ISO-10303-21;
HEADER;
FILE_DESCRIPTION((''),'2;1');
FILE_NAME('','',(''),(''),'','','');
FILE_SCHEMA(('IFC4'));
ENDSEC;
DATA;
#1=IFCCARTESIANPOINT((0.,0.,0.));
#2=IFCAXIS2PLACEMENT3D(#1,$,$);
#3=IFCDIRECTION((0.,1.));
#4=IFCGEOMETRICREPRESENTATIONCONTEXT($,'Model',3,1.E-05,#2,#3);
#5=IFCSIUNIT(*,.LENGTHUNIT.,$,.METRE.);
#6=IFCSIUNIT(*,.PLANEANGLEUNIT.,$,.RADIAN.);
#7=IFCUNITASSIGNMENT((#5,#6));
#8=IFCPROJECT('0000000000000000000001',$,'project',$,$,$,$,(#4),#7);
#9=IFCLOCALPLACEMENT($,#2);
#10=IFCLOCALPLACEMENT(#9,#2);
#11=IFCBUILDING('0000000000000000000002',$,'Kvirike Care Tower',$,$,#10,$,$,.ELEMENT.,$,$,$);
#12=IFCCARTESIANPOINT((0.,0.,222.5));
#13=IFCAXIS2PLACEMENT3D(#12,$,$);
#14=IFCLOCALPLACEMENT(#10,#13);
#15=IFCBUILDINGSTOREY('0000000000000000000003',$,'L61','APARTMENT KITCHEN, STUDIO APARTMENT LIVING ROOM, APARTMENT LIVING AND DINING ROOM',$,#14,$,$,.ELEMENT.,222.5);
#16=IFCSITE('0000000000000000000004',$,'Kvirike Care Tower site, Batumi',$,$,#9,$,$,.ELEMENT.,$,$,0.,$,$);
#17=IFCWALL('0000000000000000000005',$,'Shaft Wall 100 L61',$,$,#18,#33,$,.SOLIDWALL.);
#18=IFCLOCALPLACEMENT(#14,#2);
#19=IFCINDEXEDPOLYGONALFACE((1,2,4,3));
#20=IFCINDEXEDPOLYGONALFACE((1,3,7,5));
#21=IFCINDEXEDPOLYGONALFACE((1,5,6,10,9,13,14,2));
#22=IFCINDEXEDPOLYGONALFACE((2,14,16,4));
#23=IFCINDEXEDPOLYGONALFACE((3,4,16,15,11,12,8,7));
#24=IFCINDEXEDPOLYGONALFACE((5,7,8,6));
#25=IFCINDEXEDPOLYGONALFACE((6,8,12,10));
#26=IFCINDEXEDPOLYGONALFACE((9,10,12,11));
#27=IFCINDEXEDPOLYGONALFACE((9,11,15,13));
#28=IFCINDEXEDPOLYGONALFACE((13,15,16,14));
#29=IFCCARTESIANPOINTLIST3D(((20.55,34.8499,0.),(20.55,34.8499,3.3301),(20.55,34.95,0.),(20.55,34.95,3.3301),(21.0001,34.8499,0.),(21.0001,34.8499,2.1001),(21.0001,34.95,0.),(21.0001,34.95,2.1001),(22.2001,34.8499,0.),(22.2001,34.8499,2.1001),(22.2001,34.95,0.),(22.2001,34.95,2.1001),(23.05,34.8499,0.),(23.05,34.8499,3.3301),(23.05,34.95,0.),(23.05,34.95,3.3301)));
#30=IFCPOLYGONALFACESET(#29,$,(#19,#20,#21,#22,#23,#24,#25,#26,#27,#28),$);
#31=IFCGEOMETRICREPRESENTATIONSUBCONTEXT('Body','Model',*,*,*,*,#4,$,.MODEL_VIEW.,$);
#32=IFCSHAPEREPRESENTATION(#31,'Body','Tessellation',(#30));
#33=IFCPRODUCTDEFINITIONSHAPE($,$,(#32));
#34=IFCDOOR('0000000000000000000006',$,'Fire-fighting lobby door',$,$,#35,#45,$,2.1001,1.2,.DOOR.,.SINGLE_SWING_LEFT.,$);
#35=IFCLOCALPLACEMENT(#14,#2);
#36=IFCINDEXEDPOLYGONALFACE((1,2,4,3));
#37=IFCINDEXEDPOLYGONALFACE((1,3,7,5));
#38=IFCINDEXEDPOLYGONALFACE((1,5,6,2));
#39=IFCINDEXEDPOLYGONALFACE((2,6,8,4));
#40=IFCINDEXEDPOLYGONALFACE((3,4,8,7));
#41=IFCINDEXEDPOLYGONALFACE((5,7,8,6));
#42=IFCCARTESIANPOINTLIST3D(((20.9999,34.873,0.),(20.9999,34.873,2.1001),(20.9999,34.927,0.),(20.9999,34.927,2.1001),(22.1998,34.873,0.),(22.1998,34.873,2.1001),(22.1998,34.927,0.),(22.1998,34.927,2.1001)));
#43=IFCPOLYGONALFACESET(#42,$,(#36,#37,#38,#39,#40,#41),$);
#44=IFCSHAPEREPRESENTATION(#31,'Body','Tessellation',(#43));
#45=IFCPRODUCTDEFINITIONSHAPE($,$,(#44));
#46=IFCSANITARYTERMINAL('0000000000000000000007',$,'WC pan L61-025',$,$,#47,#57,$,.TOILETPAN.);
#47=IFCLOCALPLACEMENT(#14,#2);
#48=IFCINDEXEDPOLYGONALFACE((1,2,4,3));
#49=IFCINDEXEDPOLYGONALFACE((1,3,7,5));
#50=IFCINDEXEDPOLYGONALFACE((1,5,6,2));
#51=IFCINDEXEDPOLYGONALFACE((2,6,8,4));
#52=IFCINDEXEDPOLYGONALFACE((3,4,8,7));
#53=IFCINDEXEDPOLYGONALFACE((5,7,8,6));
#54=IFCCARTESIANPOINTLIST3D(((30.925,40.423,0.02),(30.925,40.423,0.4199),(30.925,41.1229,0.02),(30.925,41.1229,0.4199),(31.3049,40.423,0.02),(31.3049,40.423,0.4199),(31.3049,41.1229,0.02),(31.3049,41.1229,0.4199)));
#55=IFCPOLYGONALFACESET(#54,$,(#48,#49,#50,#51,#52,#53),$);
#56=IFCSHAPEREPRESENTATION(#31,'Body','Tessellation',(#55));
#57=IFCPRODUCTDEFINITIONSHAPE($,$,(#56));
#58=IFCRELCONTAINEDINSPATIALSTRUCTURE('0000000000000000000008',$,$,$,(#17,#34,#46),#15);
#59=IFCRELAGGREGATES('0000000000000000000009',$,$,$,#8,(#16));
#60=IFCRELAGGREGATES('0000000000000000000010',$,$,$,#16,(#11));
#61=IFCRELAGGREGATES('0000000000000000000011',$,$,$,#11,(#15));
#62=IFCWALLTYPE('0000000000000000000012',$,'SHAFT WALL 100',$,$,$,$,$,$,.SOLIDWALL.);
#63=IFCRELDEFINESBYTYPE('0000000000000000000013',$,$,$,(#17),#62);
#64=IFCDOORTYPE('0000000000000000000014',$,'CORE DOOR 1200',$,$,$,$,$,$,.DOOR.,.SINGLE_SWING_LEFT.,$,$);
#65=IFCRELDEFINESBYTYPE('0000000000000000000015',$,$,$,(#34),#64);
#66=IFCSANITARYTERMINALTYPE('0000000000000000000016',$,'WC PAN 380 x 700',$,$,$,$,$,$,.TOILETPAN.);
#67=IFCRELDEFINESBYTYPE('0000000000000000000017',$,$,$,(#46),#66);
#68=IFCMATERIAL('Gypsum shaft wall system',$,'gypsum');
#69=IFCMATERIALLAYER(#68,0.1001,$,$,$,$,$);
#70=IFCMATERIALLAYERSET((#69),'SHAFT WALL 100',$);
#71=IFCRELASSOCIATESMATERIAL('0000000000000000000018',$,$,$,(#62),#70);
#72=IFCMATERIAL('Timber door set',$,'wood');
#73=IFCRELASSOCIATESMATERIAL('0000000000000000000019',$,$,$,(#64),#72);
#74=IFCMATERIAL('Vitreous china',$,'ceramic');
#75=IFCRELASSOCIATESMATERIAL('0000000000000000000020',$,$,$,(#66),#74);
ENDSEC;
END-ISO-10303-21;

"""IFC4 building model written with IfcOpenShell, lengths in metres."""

from ifc_helpers import new_model, si_unit, direction, frame, frame_2d, origin, origin_2d, place, context, subcontext, project, spatial, rectangle, extrude, material, layer, layer_set, type_object, element, fill, save


model = new_model("IFC4")

# Units and contexts
model_context = context("Model", 3, precision=1e-05, world=origin(), true_north=direction((0.0, 1.0)))
body_context = subcontext(model_context, "Body", "Model", "MODEL_VIEW")
ifc_project = project(units=[si_unit("LENGTHUNIT", "METRE"), si_unit("PLANEANGLEUNIT", "RADIAN")], contexts=[model_context])

# Site, building, storey
site_placement = place(None, origin())
site = spatial("IfcSite", under=ifc_project, at=site_placement, Name="Kvirike Care Tower site, Batumi", CompositionType="ELEMENT", RefElevation=0.0)
building_placement = place(site_placement, origin())
building = spatial("IfcBuilding", under=site, at=building_placement, Name="Kvirike Care Tower", CompositionType="ELEMENT")
storey_placement = place(building_placement, frame((0.0, 0.0, 222.5)))
storey = spatial("IfcBuildingStorey", under=building, at=storey_placement, Name="L61", Description="APARTMENT KITCHEN, STUDIO APARTMENT LIVING ROOM, APARTMENT LIVING AND DINING ROOM", CompositionType="ELEMENT", Elevation=222.5)

# Shared definitions
ifc_material_1 = material(Name="Gypsum shaft wall system", Category="gypsum")
ifc_layer_1 = layer(ifc_material_1, 0.1001)
ifc_layer_set_1 = layer_set([ifc_layer_1], Name="SHAFT WALL 100")
wall_type_1 = type_object("IfcWallType", Name="SHAFT WALL 100", PredefinedType="SOLIDWALL", material=ifc_layer_set_1)

# Wall, opening, door
wall_1_placement = place(storey_placement, frame((20.55, 34.8999, 0.0), z_axis=(0.0, 0.0, 1.0), x_axis=(1.0, 0.0, 0.0)))
wall_1 = element("IfcWall", 1, at=wall_1_placement, inside=storey, type_object=wall_type_1, Name="Shaft Wall 100 L61", PredefinedType="SOLIDWALL", context=body_context, shape_type="SweptSolid", body=[
    extrude(rectangle(XDim=2.5, YDim=0.1001, at=frame_2d((1.25, 0.0))), origin(), (0.0, 0.0, 1.0), 3.3301),
])
opening_1_placement = place(wall_1_placement, frame((0.45, 0.0, 0.0)))
opening_1 = element("IfcOpeningElement", 2, at=opening_1_placement, cuts=wall_1, PredefinedType="OPENING", context=body_context, shape_type="SweptSolid", body=[
    extrude(rectangle(XDim=1.2, YDim=2.1001, at=frame_2d((0.6001, 1.05))), frame((0.0, 0.0605, 0.0), z_axis=(0.0, -1.0, 0.0), x_axis=(1.0, 0.0, 0.0)), (0.0, 0.0, 1.0), 0.1211),
])
ifc_material_2 = material(Name="Timber door set", Category="wood")
door_type_1 = type_object("IfcDoorType", Name="CORE DOOR 1200", OperationType="SINGLE_SWING_LEFT", PredefinedType="DOOR", material=ifc_material_2)
door_1_placement = place(opening_1_placement, frame((1.2, 0.0, 0.0), z_axis=(0.0, 0.0, 1.0), x_axis=(-1.0, 0.0, 0.0)))
door_1 = element("IfcDoor", 3, at=door_1_placement, inside=storey, type_object=door_type_1, Name="Fire-fighting lobby door", OperationType="SINGLE_SWING_LEFT", OverallHeight=2.1001, OverallWidth=1.2, PredefinedType="DOOR", context=body_context, shape_type="SweptSolid", body=[
    extrude(rectangle(XDim=1.2, YDim=2.1001, at=frame_2d((0.6001, 1.05))), frame((0.0, 0.0269, 0.0), z_axis=(0.0, -1.0, 0.0), x_axis=(1.0, 0.0, 0.0)), (0.0, 0.0, 1.0), 0.054),
])
fill(opening_1, door_1)

# Sanitary terminal
ifc_material_3 = material(Name="Vitreous china", Category="ceramic")
sanitary_terminal_type = type_object("IfcSanitaryTerminalType", Name="WC PAN 380 x 700", PredefinedType="TOILETPAN", material=ifc_material_3)
sanitary_terminal_placement = place(storey_placement, frame((31.115, 40.7729, 0.02), z_axis=(0.0, 0.0, 1.0), x_axis=(1.0, 0.0, 0.0)))
element("IfcSanitaryTerminal", 4, at=sanitary_terminal_placement, inside=storey, type_object=sanitary_terminal_type, Name="WC pan L61-025", PredefinedType="TOILETPAN", context=body_context, shape_type="SweptSolid", body=[
    extrude(rectangle(XDim=0.3799, YDim=0.7, at=origin_2d()), origin(), (0.0, 0.0, 1.0), 0.3999),
])

save(model, "model.ifc")
